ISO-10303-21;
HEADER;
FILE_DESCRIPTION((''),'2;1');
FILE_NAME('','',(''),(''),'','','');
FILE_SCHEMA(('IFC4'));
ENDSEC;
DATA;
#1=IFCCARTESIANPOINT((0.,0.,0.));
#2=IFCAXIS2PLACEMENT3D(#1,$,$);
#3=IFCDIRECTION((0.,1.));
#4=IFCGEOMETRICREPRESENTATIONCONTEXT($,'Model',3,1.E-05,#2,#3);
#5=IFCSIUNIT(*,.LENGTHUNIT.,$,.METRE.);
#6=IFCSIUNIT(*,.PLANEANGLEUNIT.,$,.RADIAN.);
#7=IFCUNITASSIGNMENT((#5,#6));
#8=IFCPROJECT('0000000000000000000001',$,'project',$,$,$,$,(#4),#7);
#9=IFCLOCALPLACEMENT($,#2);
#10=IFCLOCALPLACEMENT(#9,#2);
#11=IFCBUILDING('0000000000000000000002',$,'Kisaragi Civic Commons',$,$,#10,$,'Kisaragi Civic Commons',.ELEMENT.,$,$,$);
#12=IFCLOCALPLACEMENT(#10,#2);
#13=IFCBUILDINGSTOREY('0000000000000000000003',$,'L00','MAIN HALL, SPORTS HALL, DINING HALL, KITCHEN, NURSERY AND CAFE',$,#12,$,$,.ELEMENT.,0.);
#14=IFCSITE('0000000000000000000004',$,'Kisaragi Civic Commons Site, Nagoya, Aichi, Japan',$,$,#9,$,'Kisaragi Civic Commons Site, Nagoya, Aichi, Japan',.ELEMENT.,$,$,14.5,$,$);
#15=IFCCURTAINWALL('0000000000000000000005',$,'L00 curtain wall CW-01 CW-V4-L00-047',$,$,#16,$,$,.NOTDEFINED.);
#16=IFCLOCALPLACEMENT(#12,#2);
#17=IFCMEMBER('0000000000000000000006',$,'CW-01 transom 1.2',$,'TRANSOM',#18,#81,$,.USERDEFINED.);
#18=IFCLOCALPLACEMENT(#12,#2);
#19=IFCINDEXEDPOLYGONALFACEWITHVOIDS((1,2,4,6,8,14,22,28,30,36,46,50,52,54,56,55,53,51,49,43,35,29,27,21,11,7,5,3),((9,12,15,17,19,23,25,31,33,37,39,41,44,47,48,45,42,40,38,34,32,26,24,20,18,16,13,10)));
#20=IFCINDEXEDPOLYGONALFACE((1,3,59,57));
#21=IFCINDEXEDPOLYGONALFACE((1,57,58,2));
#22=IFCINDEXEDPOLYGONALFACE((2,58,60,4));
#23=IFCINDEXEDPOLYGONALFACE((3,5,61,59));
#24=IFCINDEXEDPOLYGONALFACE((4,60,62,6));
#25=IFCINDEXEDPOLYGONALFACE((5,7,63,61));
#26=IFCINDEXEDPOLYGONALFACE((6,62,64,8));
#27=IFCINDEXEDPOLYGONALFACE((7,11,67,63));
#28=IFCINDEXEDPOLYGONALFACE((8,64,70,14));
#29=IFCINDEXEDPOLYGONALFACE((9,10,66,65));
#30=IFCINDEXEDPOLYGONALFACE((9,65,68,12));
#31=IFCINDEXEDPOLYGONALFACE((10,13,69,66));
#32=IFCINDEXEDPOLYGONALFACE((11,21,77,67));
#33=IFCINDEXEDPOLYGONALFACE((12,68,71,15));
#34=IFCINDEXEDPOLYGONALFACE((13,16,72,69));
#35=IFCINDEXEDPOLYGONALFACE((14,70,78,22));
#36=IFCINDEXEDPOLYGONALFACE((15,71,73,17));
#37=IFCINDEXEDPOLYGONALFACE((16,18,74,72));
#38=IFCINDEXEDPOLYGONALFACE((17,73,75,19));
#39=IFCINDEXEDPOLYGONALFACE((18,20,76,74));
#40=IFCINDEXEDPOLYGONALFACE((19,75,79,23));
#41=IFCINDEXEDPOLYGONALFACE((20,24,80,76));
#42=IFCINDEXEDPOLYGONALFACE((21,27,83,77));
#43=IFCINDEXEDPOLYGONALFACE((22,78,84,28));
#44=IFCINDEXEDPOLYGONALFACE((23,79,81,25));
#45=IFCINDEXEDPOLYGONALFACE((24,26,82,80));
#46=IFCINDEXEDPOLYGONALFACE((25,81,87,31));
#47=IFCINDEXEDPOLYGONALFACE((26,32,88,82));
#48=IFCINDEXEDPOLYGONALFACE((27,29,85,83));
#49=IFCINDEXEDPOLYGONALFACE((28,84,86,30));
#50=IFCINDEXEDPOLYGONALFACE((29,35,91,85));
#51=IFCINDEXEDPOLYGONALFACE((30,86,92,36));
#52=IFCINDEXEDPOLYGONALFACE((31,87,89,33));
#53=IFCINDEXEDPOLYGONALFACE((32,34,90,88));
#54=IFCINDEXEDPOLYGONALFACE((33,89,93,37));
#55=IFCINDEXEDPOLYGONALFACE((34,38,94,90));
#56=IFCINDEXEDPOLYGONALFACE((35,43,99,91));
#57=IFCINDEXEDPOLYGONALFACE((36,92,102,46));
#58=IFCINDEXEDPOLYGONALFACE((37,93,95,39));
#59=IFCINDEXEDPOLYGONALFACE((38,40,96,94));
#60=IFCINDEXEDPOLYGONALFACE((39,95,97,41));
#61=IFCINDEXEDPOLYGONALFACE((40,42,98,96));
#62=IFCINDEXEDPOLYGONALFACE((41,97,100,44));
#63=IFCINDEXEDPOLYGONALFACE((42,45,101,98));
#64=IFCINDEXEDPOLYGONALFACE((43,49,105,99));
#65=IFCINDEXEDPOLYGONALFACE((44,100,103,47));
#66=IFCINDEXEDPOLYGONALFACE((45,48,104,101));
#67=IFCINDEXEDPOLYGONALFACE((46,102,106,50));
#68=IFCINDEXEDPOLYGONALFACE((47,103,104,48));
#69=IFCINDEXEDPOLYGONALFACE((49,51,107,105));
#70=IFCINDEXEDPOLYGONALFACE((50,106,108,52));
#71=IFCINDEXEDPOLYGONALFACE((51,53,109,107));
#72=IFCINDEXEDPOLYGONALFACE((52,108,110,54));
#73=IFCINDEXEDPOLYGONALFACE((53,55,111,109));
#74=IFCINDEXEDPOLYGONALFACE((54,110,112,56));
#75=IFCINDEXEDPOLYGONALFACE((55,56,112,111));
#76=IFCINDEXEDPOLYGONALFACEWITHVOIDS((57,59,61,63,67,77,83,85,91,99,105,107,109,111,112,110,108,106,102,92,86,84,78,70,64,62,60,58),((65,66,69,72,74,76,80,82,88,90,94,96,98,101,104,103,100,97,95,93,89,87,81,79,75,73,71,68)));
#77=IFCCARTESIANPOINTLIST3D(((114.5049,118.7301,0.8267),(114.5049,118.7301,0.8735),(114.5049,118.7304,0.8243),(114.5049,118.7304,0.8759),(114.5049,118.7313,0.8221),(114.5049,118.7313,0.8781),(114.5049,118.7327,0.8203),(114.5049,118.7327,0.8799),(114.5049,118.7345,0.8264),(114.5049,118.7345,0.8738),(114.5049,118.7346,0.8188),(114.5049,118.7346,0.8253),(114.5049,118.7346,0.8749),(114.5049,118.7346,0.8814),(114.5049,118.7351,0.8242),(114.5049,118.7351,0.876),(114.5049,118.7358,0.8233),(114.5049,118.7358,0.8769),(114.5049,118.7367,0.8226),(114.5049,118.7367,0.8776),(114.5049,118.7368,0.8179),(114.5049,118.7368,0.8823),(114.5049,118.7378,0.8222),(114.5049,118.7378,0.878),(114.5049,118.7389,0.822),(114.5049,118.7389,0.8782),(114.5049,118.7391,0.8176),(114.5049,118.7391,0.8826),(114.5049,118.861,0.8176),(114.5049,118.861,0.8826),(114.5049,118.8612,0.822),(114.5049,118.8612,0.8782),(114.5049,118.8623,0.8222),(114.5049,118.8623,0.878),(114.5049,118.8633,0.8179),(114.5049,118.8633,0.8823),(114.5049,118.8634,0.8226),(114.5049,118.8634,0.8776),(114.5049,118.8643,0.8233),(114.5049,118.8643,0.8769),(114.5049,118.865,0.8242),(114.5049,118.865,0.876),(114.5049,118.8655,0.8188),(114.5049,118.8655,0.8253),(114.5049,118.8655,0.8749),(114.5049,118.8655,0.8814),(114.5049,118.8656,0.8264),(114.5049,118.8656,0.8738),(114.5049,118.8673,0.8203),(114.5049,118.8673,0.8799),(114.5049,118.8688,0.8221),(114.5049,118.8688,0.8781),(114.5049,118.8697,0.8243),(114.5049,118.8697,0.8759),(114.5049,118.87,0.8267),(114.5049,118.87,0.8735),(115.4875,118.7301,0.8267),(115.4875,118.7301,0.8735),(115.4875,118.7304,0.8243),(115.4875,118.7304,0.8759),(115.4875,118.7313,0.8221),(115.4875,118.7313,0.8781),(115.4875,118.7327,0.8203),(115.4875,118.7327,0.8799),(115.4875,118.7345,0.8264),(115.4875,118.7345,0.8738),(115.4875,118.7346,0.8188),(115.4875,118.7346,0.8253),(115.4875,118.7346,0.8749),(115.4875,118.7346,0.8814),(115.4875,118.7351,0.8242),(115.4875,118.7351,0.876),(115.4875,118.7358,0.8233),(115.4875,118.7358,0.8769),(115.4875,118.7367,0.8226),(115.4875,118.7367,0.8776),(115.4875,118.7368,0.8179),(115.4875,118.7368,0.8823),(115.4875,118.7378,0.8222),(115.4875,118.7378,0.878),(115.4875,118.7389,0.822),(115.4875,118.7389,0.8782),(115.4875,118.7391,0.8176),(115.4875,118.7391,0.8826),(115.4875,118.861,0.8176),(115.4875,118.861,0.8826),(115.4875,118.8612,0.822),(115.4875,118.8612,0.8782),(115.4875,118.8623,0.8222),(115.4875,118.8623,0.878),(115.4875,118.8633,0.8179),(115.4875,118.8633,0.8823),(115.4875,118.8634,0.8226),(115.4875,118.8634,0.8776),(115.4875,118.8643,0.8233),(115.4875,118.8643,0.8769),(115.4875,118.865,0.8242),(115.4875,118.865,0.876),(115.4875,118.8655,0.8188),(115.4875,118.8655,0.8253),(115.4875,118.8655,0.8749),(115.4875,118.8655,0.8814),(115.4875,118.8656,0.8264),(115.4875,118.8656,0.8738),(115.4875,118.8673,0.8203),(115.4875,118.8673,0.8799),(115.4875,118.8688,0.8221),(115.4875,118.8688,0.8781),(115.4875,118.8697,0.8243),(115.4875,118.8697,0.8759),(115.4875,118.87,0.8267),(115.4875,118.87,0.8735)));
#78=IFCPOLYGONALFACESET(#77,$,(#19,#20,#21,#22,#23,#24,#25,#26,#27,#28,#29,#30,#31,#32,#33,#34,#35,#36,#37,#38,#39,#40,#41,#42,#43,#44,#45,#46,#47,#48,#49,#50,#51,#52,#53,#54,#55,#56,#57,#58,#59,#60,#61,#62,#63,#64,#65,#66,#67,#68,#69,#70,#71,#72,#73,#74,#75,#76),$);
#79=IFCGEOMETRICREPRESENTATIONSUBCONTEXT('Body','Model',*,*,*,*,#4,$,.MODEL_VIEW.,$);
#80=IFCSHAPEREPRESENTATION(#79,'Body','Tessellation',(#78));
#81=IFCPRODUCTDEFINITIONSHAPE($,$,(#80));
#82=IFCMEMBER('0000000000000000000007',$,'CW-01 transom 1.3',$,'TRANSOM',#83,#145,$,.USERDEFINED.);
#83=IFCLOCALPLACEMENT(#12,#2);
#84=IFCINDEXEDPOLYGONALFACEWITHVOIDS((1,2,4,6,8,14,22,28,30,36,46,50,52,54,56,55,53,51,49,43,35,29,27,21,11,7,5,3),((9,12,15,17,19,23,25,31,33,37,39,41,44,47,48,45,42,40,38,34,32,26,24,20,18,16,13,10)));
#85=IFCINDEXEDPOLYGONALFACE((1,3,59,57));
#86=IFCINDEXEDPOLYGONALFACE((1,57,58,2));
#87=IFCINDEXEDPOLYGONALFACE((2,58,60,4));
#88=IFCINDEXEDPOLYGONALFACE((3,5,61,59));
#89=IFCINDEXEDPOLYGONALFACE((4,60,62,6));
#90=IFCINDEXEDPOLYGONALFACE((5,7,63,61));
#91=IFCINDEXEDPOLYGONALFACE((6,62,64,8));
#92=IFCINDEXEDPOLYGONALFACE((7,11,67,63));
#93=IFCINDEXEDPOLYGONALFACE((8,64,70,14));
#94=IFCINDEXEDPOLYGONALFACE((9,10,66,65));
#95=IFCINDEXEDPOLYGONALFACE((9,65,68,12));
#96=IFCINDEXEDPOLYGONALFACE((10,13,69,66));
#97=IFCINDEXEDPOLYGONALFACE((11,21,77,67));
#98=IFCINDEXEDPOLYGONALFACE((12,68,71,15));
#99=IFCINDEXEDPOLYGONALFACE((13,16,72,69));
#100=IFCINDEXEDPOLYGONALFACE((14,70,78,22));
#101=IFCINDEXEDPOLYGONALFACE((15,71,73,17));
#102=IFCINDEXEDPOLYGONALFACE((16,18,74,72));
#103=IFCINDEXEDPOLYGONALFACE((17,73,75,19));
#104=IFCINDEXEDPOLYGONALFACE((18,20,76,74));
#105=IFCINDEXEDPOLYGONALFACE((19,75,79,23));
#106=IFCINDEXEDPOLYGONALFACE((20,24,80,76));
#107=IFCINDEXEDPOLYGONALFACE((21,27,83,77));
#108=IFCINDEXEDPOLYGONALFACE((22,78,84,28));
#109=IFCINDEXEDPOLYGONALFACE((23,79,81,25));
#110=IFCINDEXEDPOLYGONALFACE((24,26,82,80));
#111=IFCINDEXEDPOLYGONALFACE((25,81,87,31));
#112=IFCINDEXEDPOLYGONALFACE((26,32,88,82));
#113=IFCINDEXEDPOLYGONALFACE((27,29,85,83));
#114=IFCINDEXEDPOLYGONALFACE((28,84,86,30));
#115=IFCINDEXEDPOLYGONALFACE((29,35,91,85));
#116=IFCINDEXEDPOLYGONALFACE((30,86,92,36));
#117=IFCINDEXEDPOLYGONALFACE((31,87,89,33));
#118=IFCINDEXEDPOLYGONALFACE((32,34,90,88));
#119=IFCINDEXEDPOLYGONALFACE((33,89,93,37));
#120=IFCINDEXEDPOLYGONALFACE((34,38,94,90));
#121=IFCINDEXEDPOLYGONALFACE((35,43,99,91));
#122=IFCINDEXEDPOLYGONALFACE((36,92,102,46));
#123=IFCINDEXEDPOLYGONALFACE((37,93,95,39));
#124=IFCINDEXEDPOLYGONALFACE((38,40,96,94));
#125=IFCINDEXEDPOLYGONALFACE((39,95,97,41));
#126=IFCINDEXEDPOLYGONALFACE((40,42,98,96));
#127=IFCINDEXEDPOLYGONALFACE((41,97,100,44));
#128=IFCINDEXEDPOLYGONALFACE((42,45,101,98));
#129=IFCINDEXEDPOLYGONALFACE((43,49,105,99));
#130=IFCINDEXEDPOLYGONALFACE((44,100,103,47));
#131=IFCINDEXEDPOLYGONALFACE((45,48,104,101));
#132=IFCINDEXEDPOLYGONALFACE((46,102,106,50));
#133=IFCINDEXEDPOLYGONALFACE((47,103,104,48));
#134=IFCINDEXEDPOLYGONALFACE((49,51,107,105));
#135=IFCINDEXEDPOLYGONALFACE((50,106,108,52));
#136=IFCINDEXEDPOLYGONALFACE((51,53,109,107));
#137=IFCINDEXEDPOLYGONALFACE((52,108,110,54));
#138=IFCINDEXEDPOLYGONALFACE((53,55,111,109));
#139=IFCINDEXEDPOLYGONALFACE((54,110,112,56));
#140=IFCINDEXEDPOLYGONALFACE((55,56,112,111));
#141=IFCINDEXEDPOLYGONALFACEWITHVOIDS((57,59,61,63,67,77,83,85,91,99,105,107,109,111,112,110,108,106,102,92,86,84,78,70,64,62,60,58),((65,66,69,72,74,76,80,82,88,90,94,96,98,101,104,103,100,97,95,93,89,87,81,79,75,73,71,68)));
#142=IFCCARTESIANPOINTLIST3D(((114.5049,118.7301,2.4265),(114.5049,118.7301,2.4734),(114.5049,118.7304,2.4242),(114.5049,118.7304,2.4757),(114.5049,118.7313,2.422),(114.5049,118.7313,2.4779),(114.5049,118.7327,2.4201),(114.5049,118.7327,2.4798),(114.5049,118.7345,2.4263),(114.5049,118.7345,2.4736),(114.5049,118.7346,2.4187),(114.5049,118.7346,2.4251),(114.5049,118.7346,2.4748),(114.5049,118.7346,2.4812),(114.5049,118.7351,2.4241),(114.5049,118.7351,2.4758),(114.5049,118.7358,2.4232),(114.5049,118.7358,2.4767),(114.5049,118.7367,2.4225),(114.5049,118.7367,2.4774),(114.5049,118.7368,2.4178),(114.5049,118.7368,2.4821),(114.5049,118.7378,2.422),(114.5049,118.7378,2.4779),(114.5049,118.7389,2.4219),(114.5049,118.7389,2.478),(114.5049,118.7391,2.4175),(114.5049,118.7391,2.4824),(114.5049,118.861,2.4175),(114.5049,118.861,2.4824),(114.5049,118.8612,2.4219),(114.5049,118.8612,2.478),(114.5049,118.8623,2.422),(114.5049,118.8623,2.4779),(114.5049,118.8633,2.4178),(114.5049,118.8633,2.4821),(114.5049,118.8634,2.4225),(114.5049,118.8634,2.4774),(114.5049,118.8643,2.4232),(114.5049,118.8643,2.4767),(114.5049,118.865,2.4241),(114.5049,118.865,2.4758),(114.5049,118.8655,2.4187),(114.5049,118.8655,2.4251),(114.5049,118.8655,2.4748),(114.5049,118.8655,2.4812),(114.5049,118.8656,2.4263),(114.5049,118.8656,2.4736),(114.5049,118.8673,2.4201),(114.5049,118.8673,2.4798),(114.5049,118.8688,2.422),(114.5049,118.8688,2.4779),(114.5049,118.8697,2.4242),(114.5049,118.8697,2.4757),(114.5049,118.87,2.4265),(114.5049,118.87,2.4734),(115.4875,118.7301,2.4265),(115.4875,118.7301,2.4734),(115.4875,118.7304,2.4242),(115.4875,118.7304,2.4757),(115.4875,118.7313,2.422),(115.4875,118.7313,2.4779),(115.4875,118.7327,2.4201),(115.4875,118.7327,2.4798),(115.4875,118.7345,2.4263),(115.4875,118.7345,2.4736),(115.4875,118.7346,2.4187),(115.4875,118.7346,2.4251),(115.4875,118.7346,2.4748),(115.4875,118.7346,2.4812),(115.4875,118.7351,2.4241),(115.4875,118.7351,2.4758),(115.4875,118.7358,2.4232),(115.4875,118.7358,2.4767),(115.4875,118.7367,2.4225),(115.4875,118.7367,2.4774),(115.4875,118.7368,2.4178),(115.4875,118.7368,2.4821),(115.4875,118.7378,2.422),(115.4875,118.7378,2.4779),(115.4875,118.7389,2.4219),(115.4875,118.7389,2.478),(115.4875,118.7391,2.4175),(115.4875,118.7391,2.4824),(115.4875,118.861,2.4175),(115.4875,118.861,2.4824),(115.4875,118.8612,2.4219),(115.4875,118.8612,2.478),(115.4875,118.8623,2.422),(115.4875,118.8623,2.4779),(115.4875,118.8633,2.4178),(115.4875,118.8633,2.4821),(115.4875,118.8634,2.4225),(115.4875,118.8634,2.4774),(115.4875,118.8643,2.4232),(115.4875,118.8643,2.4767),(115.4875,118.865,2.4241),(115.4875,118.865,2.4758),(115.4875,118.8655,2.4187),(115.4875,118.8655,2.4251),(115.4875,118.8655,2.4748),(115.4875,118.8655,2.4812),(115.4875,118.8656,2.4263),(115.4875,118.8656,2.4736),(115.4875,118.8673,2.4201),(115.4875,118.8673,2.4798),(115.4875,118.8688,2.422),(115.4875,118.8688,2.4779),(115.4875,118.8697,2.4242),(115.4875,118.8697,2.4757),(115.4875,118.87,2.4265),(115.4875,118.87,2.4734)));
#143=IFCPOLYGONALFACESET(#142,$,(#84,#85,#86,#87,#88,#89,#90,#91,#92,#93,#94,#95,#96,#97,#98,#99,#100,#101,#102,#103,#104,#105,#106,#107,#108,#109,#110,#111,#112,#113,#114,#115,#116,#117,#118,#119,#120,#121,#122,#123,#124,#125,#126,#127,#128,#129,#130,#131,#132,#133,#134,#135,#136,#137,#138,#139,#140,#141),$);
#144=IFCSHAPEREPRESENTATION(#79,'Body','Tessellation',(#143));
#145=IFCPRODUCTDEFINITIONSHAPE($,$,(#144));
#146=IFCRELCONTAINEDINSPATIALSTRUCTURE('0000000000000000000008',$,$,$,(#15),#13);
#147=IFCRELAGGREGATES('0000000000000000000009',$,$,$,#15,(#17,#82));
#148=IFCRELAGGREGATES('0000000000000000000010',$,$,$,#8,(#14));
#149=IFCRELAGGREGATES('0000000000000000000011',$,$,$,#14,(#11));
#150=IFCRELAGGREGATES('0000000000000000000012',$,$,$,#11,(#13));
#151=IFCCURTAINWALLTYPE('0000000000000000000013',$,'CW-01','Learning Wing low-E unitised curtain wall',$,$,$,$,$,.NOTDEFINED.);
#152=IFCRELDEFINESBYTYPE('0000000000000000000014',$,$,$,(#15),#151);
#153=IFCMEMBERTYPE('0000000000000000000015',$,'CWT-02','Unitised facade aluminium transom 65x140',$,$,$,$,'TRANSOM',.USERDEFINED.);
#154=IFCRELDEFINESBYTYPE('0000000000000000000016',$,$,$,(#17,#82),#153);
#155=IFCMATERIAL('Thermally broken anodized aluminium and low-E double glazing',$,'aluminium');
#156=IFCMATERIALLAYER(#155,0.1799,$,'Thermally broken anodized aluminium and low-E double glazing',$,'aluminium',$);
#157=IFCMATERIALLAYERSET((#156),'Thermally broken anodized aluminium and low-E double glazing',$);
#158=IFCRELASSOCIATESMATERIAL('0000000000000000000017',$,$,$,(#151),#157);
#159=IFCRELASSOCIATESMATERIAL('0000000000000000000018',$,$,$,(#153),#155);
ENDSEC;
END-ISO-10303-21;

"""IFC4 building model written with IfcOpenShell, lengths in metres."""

from ifc_helpers import new_model, si_unit, direction, frame, origin, origin_2d, place, context, subcontext, project, spatial, hollow_rectangle, extrude, material, layer, layer_set, material_profile, profile_set, type_object, element, aggregate, save


model = new_model("IFC4")

# Units and contexts
model_context = context("Model", 3, precision=1e-05, world=origin(), true_north=direction((0.0, 1.0)))
body_context = subcontext(model_context, "Body", "Model", "MODEL_VIEW")
ifc_project = project(units=[si_unit("LENGTHUNIT", "METRE"), si_unit("PLANEANGLEUNIT", "RADIAN")], contexts=[model_context])

# Site, building, storey
site_placement = place(None, origin())
site = spatial("IfcSite", under=ifc_project, at=site_placement, Name="Kisaragi Civic Commons Site, Nagoya, Aichi, Japan", LongName="Kisaragi Civic Commons Site, Nagoya, Aichi, Japan", CompositionType="ELEMENT", RefElevation=14.5)
building_placement = place(site_placement, origin())
building = spatial("IfcBuilding", under=site, at=building_placement, Name="Kisaragi Civic Commons", LongName="Kisaragi Civic Commons", CompositionType="ELEMENT")
storey_placement = place(building_placement, origin())
storey = spatial("IfcBuildingStorey", under=building, at=storey_placement, Name="L00", Description="MAIN HALL, SPORTS HALL, DINING HALL, KITCHEN, NURSERY AND CAFE", CompositionType="ELEMENT", Elevation=0.0)

# Curtain wall, members
ifc_material_1 = material(Name="Thermally broken anodized aluminium and low-E double glazing", Category="aluminium")
ifc_layer_1 = layer(ifc_material_1, 0.1799, Name="Thermally broken anodized aluminium and low-E double glazing", Category="aluminium")
ifc_layer_set_1 = layer_set([ifc_layer_1], Name="Thermally broken anodized aluminium and low-E double glazing")
curtain_wall_type = type_object("IfcCurtainWallType", Name="CW-01", Description="Learning Wing low-E unitised curtain wall", PredefinedType="NOTDEFINED", material=ifc_layer_set_1)
curtain_wall_placement = place(storey_placement, origin())
curtain_wall = element("IfcCurtainWall", 1, at=curtain_wall_placement, inside=storey, type_object=curtain_wall_type, Name="L00 curtain wall CW-01 CW-V4-L00-047", PredefinedType="NOTDEFINED")
ifc_material_profile_1 = material_profile(ifc_material_1, hollow_rectangle(XDim=0.1399, YDim=0.0649, WallThickness=0.0044, InnerFilletRadius=0.0044, OuterFilletRadius=0.009, at=origin_2d()), Name="CWT-65x140x4.5", Category="aluminium")
ifc_profile_set_1 = profile_set([ifc_material_profile_1], Name="Thermally broken anodized aluminium and low-E double glazing")
member_type_1 = type_object("IfcMemberType", Name="CWT-02", Description="Unitised facade aluminium transom 65x140", ElementType="TRANSOM", PredefinedType="USERDEFINED", material=ifc_profile_set_1)
member_1_placement = place(storey_placement, frame((114.5049, 118.8, 0.8501), z_axis=(1.0, 0.0, 0.0), x_axis=(0.0, 1.0, 0.0)))
member_1 = element("IfcMember", 2, at=member_1_placement, type_object=member_type_1, Name="CW-01 transom 1.2", ObjectType="TRANSOM", PredefinedType="USERDEFINED", context=body_context, shape_type="SweptSolid", body=[
    extrude(hollow_rectangle(XDim=0.1399, YDim=0.0649, WallThickness=0.0044, InnerFilletRadius=0.0044, OuterFilletRadius=0.009, at=origin_2d()), origin(), (0.0, 0.0, 1.0), 0.9827),
])
member_2_placement = place(storey_placement, frame((114.5049, 118.8, 2.45), z_axis=(1.0, 0.0, 0.0), x_axis=(0.0, 1.0, 0.0)))
member_2 = element("IfcMember", 3, at=member_2_placement, type_object=member_type_1, Name="CW-01 transom 1.3", ObjectType="TRANSOM", PredefinedType="USERDEFINED", context=body_context, shape_type="SweptSolid", body=[
    extrude(hollow_rectangle(XDim=0.1399, YDim=0.0649, WallThickness=0.0044, InnerFilletRadius=0.0044, OuterFilletRadius=0.009, at=origin_2d()), origin(), (0.0, 0.0, 1.0), 0.9827),
])
aggregate(curtain_wall, [member_1, member_2])

save(model, "model.ifc")
